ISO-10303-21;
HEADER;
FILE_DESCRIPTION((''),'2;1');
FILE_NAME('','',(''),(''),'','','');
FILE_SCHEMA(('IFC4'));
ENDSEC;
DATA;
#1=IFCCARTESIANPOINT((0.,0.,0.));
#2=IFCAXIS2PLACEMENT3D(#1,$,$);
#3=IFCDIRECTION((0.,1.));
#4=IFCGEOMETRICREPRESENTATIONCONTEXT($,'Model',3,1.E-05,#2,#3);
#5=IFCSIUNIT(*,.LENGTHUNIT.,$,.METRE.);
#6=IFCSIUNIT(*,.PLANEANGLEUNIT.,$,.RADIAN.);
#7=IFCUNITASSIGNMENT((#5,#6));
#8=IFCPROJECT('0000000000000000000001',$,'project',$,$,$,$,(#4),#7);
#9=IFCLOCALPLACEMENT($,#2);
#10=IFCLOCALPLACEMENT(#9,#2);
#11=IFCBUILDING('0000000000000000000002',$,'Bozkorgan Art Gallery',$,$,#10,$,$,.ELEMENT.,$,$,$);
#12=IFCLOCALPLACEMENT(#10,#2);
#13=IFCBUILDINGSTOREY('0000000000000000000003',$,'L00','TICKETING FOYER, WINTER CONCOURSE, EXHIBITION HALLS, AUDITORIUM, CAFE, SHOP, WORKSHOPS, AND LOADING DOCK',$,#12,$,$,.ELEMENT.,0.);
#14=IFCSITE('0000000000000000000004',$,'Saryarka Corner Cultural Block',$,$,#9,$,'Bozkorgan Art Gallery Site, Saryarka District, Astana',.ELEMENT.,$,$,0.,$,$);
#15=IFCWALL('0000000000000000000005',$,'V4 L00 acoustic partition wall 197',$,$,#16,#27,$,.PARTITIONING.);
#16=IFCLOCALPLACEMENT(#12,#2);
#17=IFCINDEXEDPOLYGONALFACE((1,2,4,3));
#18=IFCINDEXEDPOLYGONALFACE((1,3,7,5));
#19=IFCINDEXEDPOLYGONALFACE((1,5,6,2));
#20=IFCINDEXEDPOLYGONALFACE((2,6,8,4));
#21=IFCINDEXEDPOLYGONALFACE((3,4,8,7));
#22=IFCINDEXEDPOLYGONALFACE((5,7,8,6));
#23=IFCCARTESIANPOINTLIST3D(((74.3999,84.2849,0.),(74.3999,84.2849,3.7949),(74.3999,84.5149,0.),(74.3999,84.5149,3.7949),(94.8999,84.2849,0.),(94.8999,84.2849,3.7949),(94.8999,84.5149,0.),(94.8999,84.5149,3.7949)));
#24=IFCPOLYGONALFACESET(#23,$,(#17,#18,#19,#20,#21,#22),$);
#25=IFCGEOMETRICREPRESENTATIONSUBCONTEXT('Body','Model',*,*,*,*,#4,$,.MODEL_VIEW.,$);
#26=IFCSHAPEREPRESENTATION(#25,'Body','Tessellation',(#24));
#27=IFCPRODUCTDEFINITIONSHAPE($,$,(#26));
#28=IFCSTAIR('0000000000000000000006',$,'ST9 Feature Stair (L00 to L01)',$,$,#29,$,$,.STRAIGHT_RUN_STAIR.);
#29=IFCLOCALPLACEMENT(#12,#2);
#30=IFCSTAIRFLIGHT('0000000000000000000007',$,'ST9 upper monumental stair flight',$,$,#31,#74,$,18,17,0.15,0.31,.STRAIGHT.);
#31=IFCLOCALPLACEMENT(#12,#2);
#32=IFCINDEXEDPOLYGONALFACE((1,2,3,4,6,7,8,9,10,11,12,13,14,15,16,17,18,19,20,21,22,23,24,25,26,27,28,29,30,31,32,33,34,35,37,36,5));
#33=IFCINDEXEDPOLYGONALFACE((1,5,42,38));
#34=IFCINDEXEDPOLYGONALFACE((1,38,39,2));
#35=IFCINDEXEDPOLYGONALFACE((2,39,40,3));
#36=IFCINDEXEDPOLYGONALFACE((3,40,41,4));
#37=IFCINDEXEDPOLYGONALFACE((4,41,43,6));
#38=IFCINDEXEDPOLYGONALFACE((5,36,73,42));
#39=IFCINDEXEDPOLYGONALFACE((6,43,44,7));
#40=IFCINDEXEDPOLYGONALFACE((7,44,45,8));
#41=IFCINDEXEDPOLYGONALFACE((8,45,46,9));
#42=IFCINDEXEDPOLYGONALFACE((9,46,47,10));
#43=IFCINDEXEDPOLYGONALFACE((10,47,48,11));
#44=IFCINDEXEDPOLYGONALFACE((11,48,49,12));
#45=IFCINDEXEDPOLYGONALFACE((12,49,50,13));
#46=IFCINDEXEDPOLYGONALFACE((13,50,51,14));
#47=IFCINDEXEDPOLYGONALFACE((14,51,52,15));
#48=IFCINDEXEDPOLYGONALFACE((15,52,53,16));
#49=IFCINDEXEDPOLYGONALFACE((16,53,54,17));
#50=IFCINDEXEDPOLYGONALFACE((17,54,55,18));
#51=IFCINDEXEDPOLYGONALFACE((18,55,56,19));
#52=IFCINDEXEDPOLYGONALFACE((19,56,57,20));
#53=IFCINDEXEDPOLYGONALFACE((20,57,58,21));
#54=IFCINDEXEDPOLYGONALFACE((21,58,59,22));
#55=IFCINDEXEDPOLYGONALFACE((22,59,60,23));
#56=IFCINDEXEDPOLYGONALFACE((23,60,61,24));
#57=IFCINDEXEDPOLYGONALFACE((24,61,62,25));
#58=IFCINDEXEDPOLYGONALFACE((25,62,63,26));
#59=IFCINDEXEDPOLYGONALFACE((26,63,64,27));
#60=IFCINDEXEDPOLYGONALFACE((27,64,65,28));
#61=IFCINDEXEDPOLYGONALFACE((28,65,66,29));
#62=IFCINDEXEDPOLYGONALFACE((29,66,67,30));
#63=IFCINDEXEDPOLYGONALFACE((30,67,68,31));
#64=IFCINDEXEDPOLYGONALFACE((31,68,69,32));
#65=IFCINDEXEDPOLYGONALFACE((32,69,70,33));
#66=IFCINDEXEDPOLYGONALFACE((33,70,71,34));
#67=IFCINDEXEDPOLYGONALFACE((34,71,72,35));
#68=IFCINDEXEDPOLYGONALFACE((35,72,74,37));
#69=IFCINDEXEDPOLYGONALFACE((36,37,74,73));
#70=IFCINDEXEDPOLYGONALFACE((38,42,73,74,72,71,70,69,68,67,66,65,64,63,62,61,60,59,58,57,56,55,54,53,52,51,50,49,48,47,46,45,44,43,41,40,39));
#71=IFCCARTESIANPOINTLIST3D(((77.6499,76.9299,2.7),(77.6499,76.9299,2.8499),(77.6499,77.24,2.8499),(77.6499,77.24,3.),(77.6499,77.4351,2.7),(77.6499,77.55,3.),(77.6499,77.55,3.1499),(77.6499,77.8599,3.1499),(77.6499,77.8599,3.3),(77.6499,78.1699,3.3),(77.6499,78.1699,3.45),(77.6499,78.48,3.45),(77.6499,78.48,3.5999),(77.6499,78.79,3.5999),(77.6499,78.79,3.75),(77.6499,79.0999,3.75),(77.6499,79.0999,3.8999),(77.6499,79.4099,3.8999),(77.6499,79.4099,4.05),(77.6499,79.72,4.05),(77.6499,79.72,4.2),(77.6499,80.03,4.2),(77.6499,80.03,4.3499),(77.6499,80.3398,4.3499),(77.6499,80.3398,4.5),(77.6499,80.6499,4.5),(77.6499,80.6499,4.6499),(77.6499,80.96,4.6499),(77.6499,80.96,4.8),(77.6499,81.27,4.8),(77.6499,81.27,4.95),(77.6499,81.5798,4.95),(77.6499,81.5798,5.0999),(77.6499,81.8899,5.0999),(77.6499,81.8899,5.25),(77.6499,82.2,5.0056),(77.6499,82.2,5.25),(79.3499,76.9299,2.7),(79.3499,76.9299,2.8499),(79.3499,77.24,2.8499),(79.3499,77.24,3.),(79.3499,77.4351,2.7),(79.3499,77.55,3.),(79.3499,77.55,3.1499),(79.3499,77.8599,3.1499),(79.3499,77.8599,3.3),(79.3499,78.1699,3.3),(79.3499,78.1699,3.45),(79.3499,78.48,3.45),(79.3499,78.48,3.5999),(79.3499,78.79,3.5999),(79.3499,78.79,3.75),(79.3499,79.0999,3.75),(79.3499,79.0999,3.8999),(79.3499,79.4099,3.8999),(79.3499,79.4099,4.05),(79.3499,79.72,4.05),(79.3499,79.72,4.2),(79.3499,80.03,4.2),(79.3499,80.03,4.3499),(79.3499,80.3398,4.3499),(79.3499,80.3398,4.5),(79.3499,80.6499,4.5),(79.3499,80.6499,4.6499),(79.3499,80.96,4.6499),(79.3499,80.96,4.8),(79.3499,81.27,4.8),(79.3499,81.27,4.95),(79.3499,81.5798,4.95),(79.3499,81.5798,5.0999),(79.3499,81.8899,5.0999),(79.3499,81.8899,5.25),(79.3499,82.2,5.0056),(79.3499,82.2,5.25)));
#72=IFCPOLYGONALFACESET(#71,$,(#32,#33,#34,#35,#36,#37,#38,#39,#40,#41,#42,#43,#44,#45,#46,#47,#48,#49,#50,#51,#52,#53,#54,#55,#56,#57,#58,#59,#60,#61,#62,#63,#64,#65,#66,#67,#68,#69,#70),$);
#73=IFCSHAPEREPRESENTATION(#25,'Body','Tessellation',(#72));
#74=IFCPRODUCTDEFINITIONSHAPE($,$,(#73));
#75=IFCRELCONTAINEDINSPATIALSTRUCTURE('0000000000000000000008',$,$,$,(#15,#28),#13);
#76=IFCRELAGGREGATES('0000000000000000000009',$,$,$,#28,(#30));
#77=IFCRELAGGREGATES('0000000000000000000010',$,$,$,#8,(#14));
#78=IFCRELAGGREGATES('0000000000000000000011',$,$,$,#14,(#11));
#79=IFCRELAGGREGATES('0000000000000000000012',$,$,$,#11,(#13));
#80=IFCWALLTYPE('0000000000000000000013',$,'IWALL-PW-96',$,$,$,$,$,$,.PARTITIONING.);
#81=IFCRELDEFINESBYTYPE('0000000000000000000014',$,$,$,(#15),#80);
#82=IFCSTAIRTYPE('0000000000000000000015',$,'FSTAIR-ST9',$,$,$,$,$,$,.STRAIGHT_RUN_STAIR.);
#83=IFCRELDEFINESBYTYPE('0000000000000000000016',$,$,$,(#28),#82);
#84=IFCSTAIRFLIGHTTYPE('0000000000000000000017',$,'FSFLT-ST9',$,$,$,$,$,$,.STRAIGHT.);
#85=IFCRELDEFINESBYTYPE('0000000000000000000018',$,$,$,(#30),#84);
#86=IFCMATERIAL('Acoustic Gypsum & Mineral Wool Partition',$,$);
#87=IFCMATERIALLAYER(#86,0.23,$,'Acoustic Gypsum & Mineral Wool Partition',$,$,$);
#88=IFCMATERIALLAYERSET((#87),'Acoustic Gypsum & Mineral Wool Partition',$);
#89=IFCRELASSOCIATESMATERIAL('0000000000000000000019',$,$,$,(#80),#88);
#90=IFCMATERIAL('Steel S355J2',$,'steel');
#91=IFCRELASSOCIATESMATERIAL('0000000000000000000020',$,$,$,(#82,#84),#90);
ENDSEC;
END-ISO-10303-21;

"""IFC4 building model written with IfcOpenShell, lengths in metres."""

from ifc_helpers import new_model, si_unit, direction, frame, frame_2d, origin, place, context, subcontext, project, spatial, polyline, rectangle, outline, extrude, material, layer, layer_set, type_object, element, aggregate, save


model = new_model("IFC4")

# Units and contexts
model_context = context("Model", 3, precision=1e-05, world=origin(), true_north=direction((0.0, 1.0)))
body_context = subcontext(model_context, "Body", "Model", "MODEL_VIEW")
ifc_project = project(units=[si_unit("LENGTHUNIT", "METRE"), si_unit("PLANEANGLEUNIT", "RADIAN")], contexts=[model_context])

# Site, building, storey
site_placement = place(None, origin())
site = spatial("IfcSite", under=ifc_project, at=site_placement, Name="Saryarka Corner Cultural Block", LongName="Bozkorgan Art Gallery Site, Saryarka District, Astana", CompositionType="ELEMENT", RefElevation=0.0)
building_placement = place(site_placement, origin())
building = spatial("IfcBuilding", under=site, at=building_placement, Name="Bozkorgan Art Gallery", CompositionType="ELEMENT")
storey_placement = place(building_placement, origin())
storey = spatial("IfcBuildingStorey", under=building, at=storey_placement, Name="L00", Description="TICKETING FOYER, WINTER CONCOURSE, EXHIBITION HALLS, AUDITORIUM, CAFE, SHOP, WORKSHOPS, AND LOADING DOCK", CompositionType="ELEMENT", Elevation=0.0)

# Shared definitions
ifc_material_1 = material(Name="Steel S355J2", Category="steel")

# Wall
ifc_material_2 = material(Name="Acoustic Gypsum & Mineral Wool Partition")
ifc_layer_1 = layer(ifc_material_2, 0.23, Name="Acoustic Gypsum & Mineral Wool Partition")
ifc_layer_set_1 = layer_set([ifc_layer_1], Name="Acoustic Gypsum & Mineral Wool Partition")
wall_type = type_object("IfcWallType", Name="IWALL-PW-96", PredefinedType="PARTITIONING", material=ifc_layer_set_1)
wall_placement = place(storey_placement, frame((74.3999, 84.3999, 0.0), z_axis=(0.0, 0.0, 1.0), x_axis=(1.0, 0.0, 0.0)))
element("IfcWall", 1, at=wall_placement, inside=storey, type_object=wall_type, Name="V4 L00 acoustic partition wall 197", PredefinedType="PARTITIONING", context=body_context, shape_type="SweptSolid", body=[
    extrude(rectangle(XDim=20.5, YDim=0.23, at=frame_2d((10.25, 0.0))), origin(), (0.0, 0.0, 1.0), 3.7949),
])

# Stair, stair flight
stair_type = type_object("IfcStairType", Name="FSTAIR-ST9", PredefinedType="STRAIGHT_RUN_STAIR", material=ifc_material_1)
stair_placement = place(storey_placement, origin())
stair = element("IfcStair", 2, at=stair_placement, inside=storey, type_object=stair_type, Name="ST9 Feature Stair (L00 to L01)", PredefinedType="STRAIGHT_RUN_STAIR")
stair_flight_type = type_object("IfcStairFlightType", Name="FSFLT-ST9", PredefinedType="STRAIGHT", material=ifc_material_1)
stair_flight_placement = place(storey_placement, frame((78.5, 76.9299, 2.7), z_axis=(0.0, 0.0, 1.0), x_axis=(0.0, 1.0, 0.0)))
stair_flight = element("IfcStairFlight", 3, at=stair_flight_placement, type_object=stair_flight_type, Name="ST9 upper monumental stair flight", NumberOfRisers=18, NumberOfTreads=17, PredefinedType="STRAIGHT", RiserHeight=0.15, TreadLength=0.31, context=body_context, shape_type="SweptSolid", body=[
    extrude(outline(polyline([(0.0, 0.0), (0.0, 0.1499), (0.3101, 0.1499), (0.3101, 0.3), (0.6201, 0.3), (0.6201, 0.45), (0.9299, 0.45), (0.9299, 0.6001), (1.24, 0.6001), (1.24, 0.75), (1.55, 0.75), (1.55, 0.8999), (1.8601, 0.8999), (1.8601, 1.05), (2.1699, 1.05), (2.1699, 1.2), (2.48, 1.2), (2.48, 1.3501), (2.79, 1.3501), (2.79, 1.5), (3.1001, 1.5), (3.1001, 1.6499), (3.4099, 1.6499), (3.4099, 1.8), (3.72, 1.8), (3.72, 1.95), (4.03, 1.95), (4.03, 2.1001), (4.3401, 2.1001), (4.3401, 2.25), (4.6499, 2.25), (4.6499, 2.3999), (4.96, 2.3999), (4.96, 2.55), (5.27, 2.55), (5.27, 2.7), (5.27, 2.3057), (0.5051, 0.0), (0.0, 0.0)])), frame((0.0, 0.8501, 0.0), z_axis=(0.0, -1.0, 0.0), x_axis=(1.0, 0.0, 0.0)), (0.0, 0.0, 1.0), 1.7),
])
aggregate(stair, [stair_flight])

save(model, "model.ifc")
